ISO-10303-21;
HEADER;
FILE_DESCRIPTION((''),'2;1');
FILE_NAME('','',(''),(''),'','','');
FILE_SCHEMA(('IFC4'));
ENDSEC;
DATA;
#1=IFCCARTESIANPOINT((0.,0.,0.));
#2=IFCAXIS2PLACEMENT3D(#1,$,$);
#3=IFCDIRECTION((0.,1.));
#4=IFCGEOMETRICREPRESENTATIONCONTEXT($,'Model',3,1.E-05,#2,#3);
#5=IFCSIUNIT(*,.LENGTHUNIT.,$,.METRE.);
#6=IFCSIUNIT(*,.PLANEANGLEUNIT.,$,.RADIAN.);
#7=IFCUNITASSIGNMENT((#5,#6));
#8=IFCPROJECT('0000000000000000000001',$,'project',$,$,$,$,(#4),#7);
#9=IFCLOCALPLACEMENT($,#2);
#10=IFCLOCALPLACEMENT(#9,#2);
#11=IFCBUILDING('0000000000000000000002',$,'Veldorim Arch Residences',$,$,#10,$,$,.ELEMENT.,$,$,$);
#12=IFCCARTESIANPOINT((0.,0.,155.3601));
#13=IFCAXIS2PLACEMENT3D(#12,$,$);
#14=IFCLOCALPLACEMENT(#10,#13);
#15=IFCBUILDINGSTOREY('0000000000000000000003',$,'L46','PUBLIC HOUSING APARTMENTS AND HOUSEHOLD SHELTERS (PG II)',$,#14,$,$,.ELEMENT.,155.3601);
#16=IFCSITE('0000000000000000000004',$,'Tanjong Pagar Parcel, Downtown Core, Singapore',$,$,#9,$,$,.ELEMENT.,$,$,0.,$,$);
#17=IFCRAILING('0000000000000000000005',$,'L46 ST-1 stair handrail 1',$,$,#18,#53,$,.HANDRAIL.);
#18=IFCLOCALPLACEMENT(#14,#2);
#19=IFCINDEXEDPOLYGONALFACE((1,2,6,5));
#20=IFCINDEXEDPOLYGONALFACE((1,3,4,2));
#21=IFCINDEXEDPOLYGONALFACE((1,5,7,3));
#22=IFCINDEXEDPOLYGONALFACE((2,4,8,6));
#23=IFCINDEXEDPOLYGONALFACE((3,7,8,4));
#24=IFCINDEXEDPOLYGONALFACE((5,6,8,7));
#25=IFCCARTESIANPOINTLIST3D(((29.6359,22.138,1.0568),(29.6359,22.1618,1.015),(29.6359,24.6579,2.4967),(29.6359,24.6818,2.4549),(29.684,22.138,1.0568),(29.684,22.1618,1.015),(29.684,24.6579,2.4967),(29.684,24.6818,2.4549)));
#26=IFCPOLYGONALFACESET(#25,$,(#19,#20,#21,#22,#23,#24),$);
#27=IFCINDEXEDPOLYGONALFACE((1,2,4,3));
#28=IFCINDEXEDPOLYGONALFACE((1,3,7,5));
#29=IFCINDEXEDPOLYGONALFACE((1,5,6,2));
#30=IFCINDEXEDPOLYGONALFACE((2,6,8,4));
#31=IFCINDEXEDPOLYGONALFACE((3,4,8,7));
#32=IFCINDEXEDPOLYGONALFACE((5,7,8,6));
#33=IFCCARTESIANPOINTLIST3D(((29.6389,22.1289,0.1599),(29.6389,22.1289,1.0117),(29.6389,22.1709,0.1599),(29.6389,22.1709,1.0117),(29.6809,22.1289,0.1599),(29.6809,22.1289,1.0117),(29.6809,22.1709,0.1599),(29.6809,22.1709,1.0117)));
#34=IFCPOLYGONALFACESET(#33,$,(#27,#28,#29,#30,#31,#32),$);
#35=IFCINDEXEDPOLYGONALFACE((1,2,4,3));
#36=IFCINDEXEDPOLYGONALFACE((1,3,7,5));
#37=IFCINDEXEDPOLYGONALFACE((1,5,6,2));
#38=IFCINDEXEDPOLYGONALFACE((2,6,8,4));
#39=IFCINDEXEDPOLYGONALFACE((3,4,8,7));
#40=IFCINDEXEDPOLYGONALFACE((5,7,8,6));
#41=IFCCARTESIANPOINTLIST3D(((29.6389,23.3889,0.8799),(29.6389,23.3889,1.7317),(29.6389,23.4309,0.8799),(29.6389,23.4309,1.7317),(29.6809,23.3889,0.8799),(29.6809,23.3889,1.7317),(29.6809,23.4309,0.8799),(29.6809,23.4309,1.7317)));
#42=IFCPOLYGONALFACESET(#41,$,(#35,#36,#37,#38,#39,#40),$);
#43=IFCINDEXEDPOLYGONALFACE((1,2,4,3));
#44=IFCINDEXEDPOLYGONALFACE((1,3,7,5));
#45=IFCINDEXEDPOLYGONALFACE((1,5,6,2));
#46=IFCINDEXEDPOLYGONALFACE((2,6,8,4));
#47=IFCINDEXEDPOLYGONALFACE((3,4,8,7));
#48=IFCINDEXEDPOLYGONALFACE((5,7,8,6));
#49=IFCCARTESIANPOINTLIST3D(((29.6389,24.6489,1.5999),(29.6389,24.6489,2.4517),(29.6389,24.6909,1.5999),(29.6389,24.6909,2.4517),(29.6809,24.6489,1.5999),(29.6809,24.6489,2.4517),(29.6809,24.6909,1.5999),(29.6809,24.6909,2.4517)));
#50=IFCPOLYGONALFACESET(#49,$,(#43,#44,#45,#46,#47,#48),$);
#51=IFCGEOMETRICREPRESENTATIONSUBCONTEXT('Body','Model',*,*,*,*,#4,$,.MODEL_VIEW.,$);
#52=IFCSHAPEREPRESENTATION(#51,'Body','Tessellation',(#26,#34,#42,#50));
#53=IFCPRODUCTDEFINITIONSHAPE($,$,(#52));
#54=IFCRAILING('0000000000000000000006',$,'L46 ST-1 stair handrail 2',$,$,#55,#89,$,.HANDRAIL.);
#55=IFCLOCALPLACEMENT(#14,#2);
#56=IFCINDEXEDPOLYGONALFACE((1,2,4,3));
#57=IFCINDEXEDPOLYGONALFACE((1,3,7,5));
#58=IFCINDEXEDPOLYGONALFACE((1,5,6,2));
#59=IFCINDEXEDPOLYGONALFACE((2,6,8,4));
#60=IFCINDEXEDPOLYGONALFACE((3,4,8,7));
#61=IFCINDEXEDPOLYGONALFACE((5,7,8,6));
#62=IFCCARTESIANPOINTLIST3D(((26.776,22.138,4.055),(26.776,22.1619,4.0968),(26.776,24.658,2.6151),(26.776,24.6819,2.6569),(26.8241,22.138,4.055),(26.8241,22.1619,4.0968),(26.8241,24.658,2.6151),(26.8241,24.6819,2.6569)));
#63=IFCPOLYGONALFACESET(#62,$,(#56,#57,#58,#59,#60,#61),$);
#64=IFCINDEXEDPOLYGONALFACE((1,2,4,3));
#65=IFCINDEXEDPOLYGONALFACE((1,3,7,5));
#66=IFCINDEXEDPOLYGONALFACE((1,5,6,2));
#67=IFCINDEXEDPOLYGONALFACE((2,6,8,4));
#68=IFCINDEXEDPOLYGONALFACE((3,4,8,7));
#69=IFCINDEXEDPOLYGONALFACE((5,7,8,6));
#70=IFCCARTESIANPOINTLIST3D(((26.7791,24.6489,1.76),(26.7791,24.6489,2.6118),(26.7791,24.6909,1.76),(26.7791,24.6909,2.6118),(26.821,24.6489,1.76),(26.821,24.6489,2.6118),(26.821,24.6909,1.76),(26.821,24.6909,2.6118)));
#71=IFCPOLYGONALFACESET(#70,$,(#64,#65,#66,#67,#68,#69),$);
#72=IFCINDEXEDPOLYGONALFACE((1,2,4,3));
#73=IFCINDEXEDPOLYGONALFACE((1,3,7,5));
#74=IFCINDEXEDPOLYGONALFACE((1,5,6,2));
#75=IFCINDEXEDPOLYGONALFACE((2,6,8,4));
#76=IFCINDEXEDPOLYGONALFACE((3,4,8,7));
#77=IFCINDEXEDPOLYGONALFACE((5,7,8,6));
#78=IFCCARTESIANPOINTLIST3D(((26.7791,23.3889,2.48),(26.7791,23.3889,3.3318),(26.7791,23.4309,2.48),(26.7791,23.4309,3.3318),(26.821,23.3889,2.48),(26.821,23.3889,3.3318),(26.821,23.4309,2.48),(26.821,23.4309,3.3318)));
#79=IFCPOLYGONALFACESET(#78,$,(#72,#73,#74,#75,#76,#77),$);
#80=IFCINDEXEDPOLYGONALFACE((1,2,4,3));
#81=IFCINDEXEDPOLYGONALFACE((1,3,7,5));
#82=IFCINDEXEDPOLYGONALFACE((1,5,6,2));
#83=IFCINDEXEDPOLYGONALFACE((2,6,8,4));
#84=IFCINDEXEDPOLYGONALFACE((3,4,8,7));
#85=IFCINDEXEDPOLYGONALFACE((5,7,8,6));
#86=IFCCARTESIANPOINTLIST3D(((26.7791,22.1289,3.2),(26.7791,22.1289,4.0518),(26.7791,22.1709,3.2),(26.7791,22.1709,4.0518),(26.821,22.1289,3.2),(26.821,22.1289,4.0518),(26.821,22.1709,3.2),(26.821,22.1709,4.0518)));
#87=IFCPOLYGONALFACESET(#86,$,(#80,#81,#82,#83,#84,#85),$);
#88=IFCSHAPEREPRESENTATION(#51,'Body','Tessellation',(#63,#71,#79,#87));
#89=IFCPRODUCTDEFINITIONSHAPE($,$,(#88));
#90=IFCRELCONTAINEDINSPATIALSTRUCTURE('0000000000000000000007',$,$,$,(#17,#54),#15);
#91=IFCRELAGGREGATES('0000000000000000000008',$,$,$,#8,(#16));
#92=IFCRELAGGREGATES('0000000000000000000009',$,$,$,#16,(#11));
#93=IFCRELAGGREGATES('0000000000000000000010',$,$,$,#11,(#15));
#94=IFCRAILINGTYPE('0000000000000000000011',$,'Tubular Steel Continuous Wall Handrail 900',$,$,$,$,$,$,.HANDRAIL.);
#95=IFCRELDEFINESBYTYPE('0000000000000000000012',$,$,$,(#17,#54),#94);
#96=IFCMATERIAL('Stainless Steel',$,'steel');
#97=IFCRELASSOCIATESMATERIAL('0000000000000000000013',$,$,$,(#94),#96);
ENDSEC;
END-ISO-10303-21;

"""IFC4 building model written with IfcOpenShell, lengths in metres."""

from ifc_helpers import new_model, si_unit, direction, frame, origin, origin_2d, place, context, subcontext, project, spatial, rectangle, extrude, material, type_object, element, save


model = new_model("IFC4")

# Units and contexts
model_context = context("Model", 3, precision=1e-05, world=origin(), true_north=direction((0.0, 1.0)))
body_context = subcontext(model_context, "Body", "Model", "MODEL_VIEW")
ifc_project = project(units=[si_unit("LENGTHUNIT", "METRE"), si_unit("PLANEANGLEUNIT", "RADIAN")], contexts=[model_context])

# Site, building, storey
site_placement = place(None, origin())
site = spatial("IfcSite", under=ifc_project, at=site_placement, Name="Tanjong Pagar Parcel, Downtown Core, Singapore", CompositionType="ELEMENT", RefElevation=0.0)
building_placement = place(site_placement, origin())
building = spatial("IfcBuilding", under=site, at=building_placement, Name="Veldorim Arch Residences", CompositionType="ELEMENT")
storey_placement = place(building_placement, frame((0.0, 0.0, 155.3601)))
storey = spatial("IfcBuildingStorey", under=building, at=storey_placement, Name="L46", Description="PUBLIC HOUSING APARTMENTS AND HOUSEHOLD SHELTERS (PG II)", CompositionType="ELEMENT", Elevation=155.3601)

# Railings
ifc_material_1 = material(Name="Stainless Steel", Category="steel")
railing_type_1 = type_object("IfcRailingType", Name="Tubular Steel Continuous Wall Handrail 900", PredefinedType="HANDRAIL", material=ifc_material_1)
railing_1_placement = place(storey_placement, frame((29.6599, 22.1499, 0.1599)))
element("IfcRailing", 1, at=railing_1_placement, inside=storey, type_object=railing_type_1, Name="L46 ST-1 stair handrail 1", PredefinedType="HANDRAIL", context=body_context, shape_type="SweptSolid", body=[
    extrude(rectangle(XDim=0.0481, YDim=0.0481, at=origin_2d()), frame((0.0, 0.0, 0.876), z_axis=(0.0, 0.868253, 0.496121), x_axis=(-1.0, 0.0, 0.0)), (0.0, 0.0, 1.0), 2.9023),
    extrude(rectangle(XDim=0.042, YDim=0.042, at=origin_2d()), origin(), (0.0, 0.0, 1.0), 0.8518),
    extrude(rectangle(XDim=0.042, YDim=0.042, at=origin_2d()), frame((0.0, 1.26, 0.72)), (0.0, 0.0, 1.0), 0.8518),
    extrude(rectangle(XDim=0.042, YDim=0.042, at=origin_2d()), frame((0.0, 2.52, 1.4399)), (0.0, 0.0, 1.0), 0.8518),
])
railing_2_placement = place(storey_placement, frame((26.8, 24.6699, 1.76)))
element("IfcRailing", 2, at=railing_2_placement, inside=storey, type_object=railing_type_1, Name="L46 ST-1 stair handrail 2", PredefinedType="HANDRAIL", context=body_context, shape_type="SweptSolid", body=[
    extrude(rectangle(XDim=0.0481, YDim=0.0481, at=origin_2d()), frame((0.0, 0.0, 0.876), z_axis=(0.0, -0.868253, 0.496121), x_axis=(1.0, 0.0, 0.0)), (0.0, 0.0, 1.0), 2.9023),
    extrude(rectangle(XDim=0.042, YDim=0.042, at=origin_2d()), origin(), (0.0, 0.0, 1.0), 0.8518),
    extrude(rectangle(XDim=0.042, YDim=0.042, at=origin_2d()), frame((0.0, -1.26, 0.72)), (0.0, 0.0, 1.0), 0.8518),
    extrude(rectangle(XDim=0.042, YDim=0.042, at=origin_2d()), frame((0.0, -2.52, 1.4399)), (0.0, 0.0, 1.0), 0.8518),
])

save(model, "model.ifc")
